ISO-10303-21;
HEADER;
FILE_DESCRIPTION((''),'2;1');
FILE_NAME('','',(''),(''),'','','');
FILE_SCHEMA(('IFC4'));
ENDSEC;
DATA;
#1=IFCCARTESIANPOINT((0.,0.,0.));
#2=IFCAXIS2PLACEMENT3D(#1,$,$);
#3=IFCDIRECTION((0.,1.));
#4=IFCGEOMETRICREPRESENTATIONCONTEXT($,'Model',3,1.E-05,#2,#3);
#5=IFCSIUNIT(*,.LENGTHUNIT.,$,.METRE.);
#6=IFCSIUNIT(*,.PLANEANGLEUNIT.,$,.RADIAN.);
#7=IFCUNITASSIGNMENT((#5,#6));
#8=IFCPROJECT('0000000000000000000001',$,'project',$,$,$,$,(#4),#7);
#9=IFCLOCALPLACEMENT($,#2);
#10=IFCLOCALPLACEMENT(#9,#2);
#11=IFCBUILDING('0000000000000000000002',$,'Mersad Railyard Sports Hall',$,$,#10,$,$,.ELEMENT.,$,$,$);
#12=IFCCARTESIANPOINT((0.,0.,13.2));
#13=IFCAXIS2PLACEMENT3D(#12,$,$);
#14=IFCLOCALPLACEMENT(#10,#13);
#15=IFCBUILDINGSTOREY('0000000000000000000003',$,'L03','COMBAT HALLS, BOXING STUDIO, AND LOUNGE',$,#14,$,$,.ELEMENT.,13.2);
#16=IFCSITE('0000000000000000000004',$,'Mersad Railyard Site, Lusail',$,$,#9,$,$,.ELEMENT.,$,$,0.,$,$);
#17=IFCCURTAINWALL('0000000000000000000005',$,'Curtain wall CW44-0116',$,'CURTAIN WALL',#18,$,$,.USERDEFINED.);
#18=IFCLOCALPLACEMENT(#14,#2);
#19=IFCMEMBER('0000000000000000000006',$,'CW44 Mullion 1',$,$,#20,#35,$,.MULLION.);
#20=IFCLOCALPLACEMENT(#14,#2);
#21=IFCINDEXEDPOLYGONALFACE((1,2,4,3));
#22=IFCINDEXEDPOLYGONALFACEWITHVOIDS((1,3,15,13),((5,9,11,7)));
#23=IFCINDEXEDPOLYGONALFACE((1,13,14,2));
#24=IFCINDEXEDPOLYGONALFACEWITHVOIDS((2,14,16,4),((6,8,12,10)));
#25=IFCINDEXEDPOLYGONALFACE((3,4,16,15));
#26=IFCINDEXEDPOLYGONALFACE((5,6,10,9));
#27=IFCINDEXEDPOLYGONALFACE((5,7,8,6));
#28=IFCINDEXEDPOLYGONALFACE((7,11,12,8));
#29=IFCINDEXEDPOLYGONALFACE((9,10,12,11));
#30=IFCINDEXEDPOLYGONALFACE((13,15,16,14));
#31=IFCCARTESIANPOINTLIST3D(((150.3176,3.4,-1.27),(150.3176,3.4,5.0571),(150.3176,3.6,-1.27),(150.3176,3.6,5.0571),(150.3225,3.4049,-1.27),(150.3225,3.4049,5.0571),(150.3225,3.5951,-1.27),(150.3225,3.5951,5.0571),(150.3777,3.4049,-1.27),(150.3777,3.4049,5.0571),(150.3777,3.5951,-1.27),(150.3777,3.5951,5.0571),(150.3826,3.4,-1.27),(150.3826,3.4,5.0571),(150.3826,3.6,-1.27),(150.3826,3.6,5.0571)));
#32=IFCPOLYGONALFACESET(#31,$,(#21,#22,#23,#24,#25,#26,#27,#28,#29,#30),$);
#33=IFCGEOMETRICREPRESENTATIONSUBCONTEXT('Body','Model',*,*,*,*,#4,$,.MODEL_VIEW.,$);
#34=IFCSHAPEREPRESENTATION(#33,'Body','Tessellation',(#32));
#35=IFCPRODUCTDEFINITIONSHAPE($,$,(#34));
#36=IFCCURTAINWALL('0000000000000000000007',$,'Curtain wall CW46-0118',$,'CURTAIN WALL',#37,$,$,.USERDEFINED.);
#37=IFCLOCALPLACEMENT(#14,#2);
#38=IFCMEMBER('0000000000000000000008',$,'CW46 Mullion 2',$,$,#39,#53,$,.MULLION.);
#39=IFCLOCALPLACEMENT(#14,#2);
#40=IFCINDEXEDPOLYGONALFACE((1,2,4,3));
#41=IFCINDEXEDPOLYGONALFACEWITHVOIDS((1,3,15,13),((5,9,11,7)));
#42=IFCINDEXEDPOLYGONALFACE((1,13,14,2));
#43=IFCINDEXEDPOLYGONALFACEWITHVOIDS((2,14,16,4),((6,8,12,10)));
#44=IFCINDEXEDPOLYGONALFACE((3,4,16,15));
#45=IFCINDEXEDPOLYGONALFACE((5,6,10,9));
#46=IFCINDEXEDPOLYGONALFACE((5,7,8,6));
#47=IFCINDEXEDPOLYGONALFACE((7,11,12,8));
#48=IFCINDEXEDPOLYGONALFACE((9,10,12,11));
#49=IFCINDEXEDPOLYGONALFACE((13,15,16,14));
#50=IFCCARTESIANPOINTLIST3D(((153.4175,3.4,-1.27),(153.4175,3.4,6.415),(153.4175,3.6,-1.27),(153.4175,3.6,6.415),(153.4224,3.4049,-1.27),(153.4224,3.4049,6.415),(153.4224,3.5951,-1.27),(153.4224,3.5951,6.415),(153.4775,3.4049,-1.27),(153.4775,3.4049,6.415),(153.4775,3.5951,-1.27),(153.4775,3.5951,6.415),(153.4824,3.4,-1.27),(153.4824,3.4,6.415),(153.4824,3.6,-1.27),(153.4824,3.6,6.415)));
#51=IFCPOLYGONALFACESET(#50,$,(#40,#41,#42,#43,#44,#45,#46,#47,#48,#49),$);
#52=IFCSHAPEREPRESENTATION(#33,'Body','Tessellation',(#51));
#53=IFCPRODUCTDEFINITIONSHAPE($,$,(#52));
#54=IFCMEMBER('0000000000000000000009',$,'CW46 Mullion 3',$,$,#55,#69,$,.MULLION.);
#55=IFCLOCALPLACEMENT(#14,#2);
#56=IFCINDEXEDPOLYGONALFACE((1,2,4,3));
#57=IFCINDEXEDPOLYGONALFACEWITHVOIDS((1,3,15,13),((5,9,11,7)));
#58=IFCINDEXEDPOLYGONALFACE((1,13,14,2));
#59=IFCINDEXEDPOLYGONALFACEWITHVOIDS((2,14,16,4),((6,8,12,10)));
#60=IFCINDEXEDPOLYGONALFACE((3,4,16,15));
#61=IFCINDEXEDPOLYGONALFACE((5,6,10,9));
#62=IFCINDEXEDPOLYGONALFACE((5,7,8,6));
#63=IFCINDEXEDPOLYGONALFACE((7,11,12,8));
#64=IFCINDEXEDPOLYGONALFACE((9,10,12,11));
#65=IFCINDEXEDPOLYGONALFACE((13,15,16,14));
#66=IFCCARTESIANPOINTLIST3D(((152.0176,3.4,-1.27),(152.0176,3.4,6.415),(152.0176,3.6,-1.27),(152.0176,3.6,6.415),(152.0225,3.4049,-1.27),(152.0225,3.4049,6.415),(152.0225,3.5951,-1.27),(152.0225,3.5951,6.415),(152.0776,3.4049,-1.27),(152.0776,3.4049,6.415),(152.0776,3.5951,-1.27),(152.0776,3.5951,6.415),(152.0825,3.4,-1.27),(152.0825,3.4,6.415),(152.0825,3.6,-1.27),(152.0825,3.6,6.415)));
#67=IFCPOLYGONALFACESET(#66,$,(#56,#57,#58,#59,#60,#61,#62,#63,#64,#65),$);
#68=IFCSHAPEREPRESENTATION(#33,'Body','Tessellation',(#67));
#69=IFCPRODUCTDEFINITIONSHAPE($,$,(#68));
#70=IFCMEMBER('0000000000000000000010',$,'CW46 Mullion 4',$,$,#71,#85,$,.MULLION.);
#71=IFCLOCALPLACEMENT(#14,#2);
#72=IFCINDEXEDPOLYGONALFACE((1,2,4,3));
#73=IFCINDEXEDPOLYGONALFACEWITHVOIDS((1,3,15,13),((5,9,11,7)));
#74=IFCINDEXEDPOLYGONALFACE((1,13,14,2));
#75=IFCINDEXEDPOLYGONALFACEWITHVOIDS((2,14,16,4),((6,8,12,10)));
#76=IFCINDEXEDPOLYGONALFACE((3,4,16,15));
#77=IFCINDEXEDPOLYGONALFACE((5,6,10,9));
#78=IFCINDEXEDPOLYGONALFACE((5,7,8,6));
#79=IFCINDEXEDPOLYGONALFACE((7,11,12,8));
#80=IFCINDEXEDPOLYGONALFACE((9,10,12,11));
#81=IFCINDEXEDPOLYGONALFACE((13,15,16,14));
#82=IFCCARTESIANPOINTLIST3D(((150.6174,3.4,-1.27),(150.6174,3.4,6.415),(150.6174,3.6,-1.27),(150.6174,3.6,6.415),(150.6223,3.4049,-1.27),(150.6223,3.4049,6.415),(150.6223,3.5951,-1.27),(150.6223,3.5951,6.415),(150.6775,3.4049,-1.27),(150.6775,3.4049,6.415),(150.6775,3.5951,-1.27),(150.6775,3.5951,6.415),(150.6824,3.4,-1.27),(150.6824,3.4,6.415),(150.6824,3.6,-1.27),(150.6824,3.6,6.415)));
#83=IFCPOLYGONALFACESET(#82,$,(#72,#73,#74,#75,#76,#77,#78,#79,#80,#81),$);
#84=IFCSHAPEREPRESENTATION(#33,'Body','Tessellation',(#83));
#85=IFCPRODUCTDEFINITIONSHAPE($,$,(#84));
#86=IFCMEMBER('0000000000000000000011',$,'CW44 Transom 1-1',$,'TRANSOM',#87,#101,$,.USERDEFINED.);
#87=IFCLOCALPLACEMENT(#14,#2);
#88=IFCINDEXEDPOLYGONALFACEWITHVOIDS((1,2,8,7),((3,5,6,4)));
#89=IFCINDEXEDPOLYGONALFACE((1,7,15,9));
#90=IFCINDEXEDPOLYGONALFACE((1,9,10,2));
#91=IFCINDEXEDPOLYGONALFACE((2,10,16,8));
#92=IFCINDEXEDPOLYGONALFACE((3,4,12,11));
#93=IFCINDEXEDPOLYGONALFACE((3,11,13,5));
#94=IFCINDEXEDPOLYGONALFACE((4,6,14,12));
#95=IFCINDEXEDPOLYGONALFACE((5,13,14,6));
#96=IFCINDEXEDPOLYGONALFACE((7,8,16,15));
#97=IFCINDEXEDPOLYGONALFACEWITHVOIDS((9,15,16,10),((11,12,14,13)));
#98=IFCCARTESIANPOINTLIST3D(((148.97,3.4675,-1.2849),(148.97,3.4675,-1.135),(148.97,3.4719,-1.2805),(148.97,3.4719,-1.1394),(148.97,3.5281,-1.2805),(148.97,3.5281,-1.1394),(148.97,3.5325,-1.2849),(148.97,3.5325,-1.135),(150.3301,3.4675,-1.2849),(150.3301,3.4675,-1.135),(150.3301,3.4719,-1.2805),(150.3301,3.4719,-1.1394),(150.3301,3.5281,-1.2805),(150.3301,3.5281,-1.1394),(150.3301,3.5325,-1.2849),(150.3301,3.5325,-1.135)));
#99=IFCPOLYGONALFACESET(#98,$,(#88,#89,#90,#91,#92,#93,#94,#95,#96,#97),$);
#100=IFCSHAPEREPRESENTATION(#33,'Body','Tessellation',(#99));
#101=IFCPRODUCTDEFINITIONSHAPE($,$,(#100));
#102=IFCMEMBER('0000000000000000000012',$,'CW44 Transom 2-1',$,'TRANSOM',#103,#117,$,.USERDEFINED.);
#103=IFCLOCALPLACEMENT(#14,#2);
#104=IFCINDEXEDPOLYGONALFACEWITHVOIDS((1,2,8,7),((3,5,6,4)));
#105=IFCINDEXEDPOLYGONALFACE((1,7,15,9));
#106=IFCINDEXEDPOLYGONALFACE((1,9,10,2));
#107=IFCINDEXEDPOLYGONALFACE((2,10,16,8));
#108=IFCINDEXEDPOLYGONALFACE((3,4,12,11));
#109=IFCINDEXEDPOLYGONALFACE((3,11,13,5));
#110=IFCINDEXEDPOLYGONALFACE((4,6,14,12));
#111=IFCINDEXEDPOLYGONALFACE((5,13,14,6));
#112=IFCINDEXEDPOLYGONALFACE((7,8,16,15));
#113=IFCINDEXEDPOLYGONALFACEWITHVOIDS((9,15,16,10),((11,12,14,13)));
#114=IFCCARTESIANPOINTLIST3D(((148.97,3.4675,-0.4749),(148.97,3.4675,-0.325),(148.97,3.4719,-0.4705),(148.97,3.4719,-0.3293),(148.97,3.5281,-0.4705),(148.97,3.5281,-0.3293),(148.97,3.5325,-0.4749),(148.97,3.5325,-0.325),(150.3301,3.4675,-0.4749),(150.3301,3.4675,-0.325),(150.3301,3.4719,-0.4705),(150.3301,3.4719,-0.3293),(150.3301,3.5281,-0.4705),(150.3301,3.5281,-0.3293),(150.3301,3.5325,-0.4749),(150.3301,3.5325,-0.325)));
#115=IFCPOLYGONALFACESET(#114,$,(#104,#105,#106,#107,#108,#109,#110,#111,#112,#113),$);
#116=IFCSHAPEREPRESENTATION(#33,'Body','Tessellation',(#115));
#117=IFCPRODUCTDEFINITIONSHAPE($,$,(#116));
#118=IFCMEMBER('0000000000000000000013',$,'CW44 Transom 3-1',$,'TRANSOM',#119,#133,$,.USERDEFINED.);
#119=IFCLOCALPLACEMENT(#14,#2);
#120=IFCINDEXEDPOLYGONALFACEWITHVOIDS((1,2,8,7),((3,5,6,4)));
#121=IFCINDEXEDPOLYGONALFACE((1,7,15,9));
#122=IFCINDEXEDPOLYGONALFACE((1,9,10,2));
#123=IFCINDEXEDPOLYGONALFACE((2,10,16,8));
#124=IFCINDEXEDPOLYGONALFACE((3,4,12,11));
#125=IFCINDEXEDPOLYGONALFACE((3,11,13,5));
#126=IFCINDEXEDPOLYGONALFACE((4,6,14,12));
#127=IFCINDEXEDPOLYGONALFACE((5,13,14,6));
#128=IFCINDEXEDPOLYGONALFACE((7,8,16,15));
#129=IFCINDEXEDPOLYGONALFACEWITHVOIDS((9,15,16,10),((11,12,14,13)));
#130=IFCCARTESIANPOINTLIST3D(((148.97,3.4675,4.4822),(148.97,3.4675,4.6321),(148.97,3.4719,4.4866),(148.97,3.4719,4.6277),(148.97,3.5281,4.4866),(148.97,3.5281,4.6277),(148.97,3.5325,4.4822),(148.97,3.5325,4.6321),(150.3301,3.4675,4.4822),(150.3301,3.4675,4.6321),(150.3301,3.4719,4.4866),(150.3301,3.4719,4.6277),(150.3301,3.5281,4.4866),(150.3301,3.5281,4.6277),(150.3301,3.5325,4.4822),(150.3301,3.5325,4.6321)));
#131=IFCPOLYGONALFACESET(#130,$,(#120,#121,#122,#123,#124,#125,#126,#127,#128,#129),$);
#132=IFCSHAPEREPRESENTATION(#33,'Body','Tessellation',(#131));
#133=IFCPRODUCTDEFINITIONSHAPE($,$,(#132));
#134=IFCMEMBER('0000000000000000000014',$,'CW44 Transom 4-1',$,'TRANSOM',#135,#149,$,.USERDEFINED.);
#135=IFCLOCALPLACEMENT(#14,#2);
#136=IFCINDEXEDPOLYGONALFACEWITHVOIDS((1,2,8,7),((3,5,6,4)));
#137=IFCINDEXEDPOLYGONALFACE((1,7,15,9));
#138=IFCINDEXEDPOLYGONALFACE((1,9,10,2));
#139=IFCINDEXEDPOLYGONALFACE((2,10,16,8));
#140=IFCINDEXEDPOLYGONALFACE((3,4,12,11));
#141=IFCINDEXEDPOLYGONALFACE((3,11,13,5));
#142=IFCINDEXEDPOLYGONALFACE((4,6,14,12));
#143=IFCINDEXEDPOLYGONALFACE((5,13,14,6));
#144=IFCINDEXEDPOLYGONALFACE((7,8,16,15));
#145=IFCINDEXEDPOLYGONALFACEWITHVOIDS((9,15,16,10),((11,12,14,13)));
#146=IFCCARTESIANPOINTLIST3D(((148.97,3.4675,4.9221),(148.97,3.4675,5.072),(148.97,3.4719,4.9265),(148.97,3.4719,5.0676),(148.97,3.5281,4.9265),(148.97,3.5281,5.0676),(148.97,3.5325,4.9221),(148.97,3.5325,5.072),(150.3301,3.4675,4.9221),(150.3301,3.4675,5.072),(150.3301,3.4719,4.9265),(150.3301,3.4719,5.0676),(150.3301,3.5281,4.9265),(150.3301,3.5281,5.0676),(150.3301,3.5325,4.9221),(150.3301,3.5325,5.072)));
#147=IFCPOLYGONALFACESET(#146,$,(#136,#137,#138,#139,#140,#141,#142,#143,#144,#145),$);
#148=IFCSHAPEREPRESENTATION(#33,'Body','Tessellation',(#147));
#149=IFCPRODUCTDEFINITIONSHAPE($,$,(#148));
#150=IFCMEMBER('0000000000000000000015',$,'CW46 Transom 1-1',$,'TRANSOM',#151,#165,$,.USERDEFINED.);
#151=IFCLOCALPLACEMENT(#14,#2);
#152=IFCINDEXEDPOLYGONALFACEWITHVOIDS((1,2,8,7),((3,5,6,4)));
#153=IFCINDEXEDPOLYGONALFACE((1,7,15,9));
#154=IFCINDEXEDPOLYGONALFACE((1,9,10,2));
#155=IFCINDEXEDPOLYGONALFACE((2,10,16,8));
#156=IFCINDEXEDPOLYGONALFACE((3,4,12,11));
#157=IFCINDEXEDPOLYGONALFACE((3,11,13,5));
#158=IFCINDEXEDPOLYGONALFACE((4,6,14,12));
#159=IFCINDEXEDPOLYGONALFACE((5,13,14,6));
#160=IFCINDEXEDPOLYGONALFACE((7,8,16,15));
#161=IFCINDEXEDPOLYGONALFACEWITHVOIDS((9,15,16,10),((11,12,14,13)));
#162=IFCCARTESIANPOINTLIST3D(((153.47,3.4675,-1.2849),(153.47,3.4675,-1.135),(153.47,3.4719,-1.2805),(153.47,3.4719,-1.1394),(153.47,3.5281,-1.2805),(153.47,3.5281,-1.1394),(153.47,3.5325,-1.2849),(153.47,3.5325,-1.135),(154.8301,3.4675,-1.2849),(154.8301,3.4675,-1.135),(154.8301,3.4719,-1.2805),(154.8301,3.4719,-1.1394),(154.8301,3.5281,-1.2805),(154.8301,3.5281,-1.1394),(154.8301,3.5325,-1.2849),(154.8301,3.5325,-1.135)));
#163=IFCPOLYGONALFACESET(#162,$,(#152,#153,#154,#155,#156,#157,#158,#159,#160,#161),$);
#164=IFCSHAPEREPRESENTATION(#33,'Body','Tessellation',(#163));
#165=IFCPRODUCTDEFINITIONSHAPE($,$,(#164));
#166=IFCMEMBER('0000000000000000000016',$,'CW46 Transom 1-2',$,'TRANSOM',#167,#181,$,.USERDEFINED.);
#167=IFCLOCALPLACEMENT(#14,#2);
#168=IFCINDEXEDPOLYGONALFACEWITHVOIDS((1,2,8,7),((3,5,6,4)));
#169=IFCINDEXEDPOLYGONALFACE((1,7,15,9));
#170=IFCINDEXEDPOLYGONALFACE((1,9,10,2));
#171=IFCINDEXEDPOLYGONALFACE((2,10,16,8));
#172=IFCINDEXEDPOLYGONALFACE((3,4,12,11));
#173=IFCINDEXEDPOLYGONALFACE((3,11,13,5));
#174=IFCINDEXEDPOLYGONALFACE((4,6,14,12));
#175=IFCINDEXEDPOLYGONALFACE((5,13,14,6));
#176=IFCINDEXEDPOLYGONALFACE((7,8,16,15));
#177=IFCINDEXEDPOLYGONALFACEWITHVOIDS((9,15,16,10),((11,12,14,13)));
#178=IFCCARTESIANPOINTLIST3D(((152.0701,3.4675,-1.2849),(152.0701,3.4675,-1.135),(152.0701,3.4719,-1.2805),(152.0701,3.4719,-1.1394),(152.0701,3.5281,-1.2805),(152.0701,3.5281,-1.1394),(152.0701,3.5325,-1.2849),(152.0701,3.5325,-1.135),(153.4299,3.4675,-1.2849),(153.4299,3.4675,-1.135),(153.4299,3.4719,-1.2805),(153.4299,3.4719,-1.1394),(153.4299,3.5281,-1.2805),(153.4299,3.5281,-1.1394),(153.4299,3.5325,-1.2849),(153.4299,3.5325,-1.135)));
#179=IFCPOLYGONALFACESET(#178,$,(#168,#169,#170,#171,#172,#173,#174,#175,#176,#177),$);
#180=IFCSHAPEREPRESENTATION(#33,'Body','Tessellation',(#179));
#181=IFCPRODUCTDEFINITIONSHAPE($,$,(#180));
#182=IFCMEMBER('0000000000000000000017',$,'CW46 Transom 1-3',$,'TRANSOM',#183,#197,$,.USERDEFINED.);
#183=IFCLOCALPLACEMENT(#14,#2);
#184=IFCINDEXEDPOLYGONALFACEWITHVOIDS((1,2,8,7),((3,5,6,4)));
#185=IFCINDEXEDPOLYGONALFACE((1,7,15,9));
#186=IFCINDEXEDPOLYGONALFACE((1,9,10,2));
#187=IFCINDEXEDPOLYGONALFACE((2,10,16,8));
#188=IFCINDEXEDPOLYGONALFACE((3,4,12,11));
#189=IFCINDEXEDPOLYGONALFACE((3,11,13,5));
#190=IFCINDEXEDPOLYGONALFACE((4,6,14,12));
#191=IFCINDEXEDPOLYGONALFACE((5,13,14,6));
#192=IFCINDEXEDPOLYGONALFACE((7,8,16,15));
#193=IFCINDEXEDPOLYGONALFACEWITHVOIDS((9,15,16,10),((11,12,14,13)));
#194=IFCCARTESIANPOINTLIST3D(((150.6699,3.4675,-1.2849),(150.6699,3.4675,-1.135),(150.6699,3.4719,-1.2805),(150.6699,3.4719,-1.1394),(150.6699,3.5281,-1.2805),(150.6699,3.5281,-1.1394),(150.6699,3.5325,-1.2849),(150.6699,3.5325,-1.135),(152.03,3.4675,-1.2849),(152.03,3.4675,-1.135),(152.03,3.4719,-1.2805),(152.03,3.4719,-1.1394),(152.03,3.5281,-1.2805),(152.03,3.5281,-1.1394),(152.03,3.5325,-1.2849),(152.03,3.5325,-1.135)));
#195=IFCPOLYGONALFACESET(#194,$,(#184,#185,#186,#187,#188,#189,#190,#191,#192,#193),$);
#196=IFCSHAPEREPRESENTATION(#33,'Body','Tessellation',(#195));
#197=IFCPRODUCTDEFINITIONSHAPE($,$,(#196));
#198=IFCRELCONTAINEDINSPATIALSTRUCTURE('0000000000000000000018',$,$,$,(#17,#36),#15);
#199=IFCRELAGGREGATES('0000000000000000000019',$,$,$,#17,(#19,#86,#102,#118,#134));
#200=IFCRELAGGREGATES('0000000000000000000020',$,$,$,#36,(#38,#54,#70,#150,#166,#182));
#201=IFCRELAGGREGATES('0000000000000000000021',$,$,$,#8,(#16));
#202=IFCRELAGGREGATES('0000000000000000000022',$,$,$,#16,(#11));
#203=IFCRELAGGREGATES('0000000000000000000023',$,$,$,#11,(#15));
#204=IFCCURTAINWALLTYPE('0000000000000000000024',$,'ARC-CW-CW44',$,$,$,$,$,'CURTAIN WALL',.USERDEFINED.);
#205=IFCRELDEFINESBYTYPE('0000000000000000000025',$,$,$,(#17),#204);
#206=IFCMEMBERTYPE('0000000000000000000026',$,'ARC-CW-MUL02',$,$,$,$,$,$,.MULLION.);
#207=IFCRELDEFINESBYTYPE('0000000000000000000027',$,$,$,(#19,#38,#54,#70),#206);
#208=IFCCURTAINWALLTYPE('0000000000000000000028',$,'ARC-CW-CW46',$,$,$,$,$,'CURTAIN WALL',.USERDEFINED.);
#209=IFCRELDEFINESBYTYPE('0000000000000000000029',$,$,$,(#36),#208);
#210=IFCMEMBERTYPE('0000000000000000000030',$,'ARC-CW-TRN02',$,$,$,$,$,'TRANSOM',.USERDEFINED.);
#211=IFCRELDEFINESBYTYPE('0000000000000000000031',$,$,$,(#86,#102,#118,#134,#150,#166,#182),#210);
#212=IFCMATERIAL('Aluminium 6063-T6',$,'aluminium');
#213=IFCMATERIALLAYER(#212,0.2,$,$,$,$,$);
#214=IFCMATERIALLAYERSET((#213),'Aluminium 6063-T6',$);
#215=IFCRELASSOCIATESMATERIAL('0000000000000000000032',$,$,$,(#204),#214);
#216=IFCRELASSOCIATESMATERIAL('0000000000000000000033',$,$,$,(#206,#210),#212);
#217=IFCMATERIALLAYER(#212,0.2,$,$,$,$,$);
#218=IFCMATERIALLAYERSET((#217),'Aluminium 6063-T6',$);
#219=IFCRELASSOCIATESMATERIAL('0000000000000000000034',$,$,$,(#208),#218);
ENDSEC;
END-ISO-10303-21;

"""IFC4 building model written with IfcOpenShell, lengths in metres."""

from ifc_helpers import new_model, si_unit, direction, frame, origin, origin_2d, place, context, subcontext, project, spatial, hollow_rectangle, extrude, material, layer, layer_set, material_profile, profile_set, type_object, element, aggregate, save


model = new_model("IFC4")

# Units and contexts
model_context = context("Model", 3, precision=1e-05, world=origin(), true_north=direction((0.0, 1.0)))
body_context = subcontext(model_context, "Body", "Model", "MODEL_VIEW")
ifc_project = project(units=[si_unit("LENGTHUNIT", "METRE"), si_unit("PLANEANGLEUNIT", "RADIAN")], contexts=[model_context])

# Site, building, storey
site_placement = place(None, origin())
site = spatial("IfcSite", under=ifc_project, at=site_placement, Name="Mersad Railyard Site, Lusail", CompositionType="ELEMENT", RefElevation=0.0)
building_placement = place(site_placement, origin())
building = spatial("IfcBuilding", under=site, at=building_placement, Name="Mersad Railyard Sports Hall", CompositionType="ELEMENT")
storey_placement = place(building_placement, frame((0.0, 0.0, 13.2)))
storey = spatial("IfcBuildingStorey", under=building, at=storey_placement, Name="L03", Description="COMBAT HALLS, BOXING STUDIO, AND LOUNGE", CompositionType="ELEMENT", Elevation=13.2)

# Curtain wall, member
ifc_material_1 = material(Name="Aluminium 6063-T6", Category="aluminium")
ifc_layer_1 = layer(ifc_material_1, 0.2)
ifc_layer_set_1 = layer_set([ifc_layer_1], Name="Aluminium 6063-T6")
curtain_wall_type_1 = type_object("IfcCurtainWallType", Name="ARC-CW-CW44", ElementType="CURTAIN WALL", PredefinedType="USERDEFINED", material=ifc_layer_set_1)
curtain_wall_1_placement = place(storey_placement, origin())
curtain_wall_1 = element("IfcCurtainWall", 1, at=curtain_wall_1_placement, inside=storey, type_object=curtain_wall_type_1, Name="Curtain wall CW44-0116", ObjectType="CURTAIN WALL", PredefinedType="USERDEFINED")
ifc_material_profile_1 = material_profile(ifc_material_1, hollow_rectangle(XDim=0.0649, YDim=0.2, WallThickness=0.0049, at=origin_2d()), Name="AL MULLION 65x200x5")
ifc_profile_set_1 = profile_set([ifc_material_profile_1], Name="Aluminium 6063-T6")
member_type_1 = type_object("IfcMemberType", Name="ARC-CW-MUL02", PredefinedType="MULLION", material=ifc_profile_set_1)
member_1_placement = place(storey_placement, frame((150.3501, 3.5, -1.27), z_axis=(0.0, 0.0, 1.0), x_axis=(1.0, 0.0, 0.0)))
member_1 = element("IfcMember", 2, at=member_1_placement, type_object=member_type_1, Name="CW44 Mullion 1", PredefinedType="MULLION", context=body_context, shape_type="SweptSolid", body=[
    extrude(hollow_rectangle(XDim=0.0649, YDim=0.2, WallThickness=0.0049, at=origin_2d()), origin(), (0.0, 0.0, 1.0), 6.3271),
])

# Curtain wall, members
ifc_layer_2 = layer(ifc_material_1, 0.2)
ifc_layer_set_2 = layer_set([ifc_layer_2], Name="Aluminium 6063-T6")
curtain_wall_type_2 = type_object("IfcCurtainWallType", Name="ARC-CW-CW46", ElementType="CURTAIN WALL", PredefinedType="USERDEFINED", material=ifc_layer_set_2)
curtain_wall_2_placement = place(storey_placement, origin())
curtain_wall_2 = element("IfcCurtainWall", 3, at=curtain_wall_2_placement, inside=storey, type_object=curtain_wall_type_2, Name="Curtain wall CW46-0118", ObjectType="CURTAIN WALL", PredefinedType="USERDEFINED")
member_2_placement = place(storey_placement, frame((153.45, 3.5, -1.27), z_axis=(0.0, 0.0, 1.0), x_axis=(1.0, 0.0, 0.0)))
member_2 = element("IfcMember", 4, at=member_2_placement, type_object=member_type_1, Name="CW46 Mullion 2", PredefinedType="MULLION", context=body_context, shape_type="SweptSolid", body=[
    extrude(hollow_rectangle(XDim=0.0649, YDim=0.2, WallThickness=0.0049, at=origin_2d()), origin(), (0.0, 0.0, 1.0), 7.6851),
])
member_3_placement = place(storey_placement, frame((152.05, 3.5, -1.27), z_axis=(0.0, 0.0, 1.0), x_axis=(1.0, 0.0, 0.0)))
member_3 = element("IfcMember", 5, at=member_3_placement, type_object=member_type_1, Name="CW46 Mullion 3", PredefinedType="MULLION", context=body_context, shape_type="SweptSolid", body=[
    extrude(hollow_rectangle(XDim=0.0649, YDim=0.2, WallThickness=0.0049, at=origin_2d()), origin(), (0.0, 0.0, 1.0), 7.6851),
])
member_4_placement = place(storey_placement, frame((150.6499, 3.5, -1.27), z_axis=(0.0, 0.0, 1.0), x_axis=(1.0, 0.0, 0.0)))
member_4 = element("IfcMember", 6, at=member_4_placement, type_object=member_type_1, Name="CW46 Mullion 4", PredefinedType="MULLION", context=body_context, shape_type="SweptSolid", body=[
    extrude(hollow_rectangle(XDim=0.0649, YDim=0.2, WallThickness=0.0049, at=origin_2d()), origin(), (0.0, 0.0, 1.0), 7.6851),
])

# Members
ifc_material_profile_2 = material_profile(ifc_material_1, hollow_rectangle(XDim=0.0649, YDim=0.1499, WallThickness=0.0044, at=origin_2d()), Name="AL TRANSOM 65x150x4.5")
ifc_profile_set_2 = profile_set([ifc_material_profile_2], Name="Aluminium 6063-T6")
member_type_2 = type_object("IfcMemberType", Name="ARC-CW-TRN02", ElementType="TRANSOM", PredefinedType="USERDEFINED", material=ifc_profile_set_2)
member_5_placement = place(storey_placement, frame((150.3301, 3.5, -1.21), z_axis=(-1.0, 0.0, 0.0), x_axis=(0.0, -1.0, 0.0)))
member_5 = element("IfcMember", 7, at=member_5_placement, type_object=member_type_2, Name="CW44 Transom 1-1", ObjectType="TRANSOM", PredefinedType="USERDEFINED", context=body_context, shape_type="SweptSolid", body=[
    extrude(hollow_rectangle(XDim=0.0649, YDim=0.1499, WallThickness=0.0044, at=origin_2d()), origin(), (0.0, 0.0, 1.0), 1.3601),
])
member_6_placement = place(storey_placement, frame((150.3301, 3.5, -0.3999), z_axis=(-1.0, 0.0, 0.0), x_axis=(0.0, -1.0, 0.0)))
member_6 = element("IfcMember", 8, at=member_6_placement, type_object=member_type_2, Name="CW44 Transom 2-1", ObjectType="TRANSOM", PredefinedType="USERDEFINED", context=body_context, shape_type="SweptSolid", body=[
    extrude(hollow_rectangle(XDim=0.0649, YDim=0.1499, WallThickness=0.0044, at=origin_2d()), origin(), (0.0, 0.0, 1.0), 1.3601),
])
member_7_placement = place(storey_placement, frame((150.3301, 3.5, 4.5571), z_axis=(-1.0, 0.0, 0.0), x_axis=(0.0, -1.0, 0.0)))
member_7 = element("IfcMember", 9, at=member_7_placement, type_object=member_type_2, Name="CW44 Transom 3-1", ObjectType="TRANSOM", PredefinedType="USERDEFINED", context=body_context, shape_type="SweptSolid", body=[
    extrude(hollow_rectangle(XDim=0.0649, YDim=0.1499, WallThickness=0.0044, at=origin_2d()), origin(), (0.0, 0.0, 1.0), 1.3601),
])
member_8_placement = place(storey_placement, frame((150.3301, 3.5, 4.9971), z_axis=(-1.0, 0.0, 0.0), x_axis=(0.0, -1.0, 0.0)))
member_8 = element("IfcMember", 10, at=member_8_placement, type_object=member_type_2, Name="CW44 Transom 4-1", ObjectType="TRANSOM", PredefinedType="USERDEFINED", context=body_context, shape_type="SweptSolid", body=[
    extrude(hollow_rectangle(XDim=0.0649, YDim=0.1499, WallThickness=0.0044, at=origin_2d()), origin(), (0.0, 0.0, 1.0), 1.3601),
])
member_9_placement = place(storey_placement, frame((154.8301, 3.5, -1.21), z_axis=(-1.0, 0.0, 0.0), x_axis=(0.0, -1.0, 0.0)))
member_9 = element("IfcMember", 11, at=member_9_placement, type_object=member_type_2, Name="CW46 Transom 1-1", ObjectType="TRANSOM", PredefinedType="USERDEFINED", context=body_context, shape_type="SweptSolid", body=[
    extrude(hollow_rectangle(XDim=0.0649, YDim=0.1499, WallThickness=0.0044, at=origin_2d()), origin(), (0.0, 0.0, 1.0), 1.3601),
])
member_10_placement = place(storey_placement, frame((153.4299, 3.5, -1.21), z_axis=(-1.0, 0.0, 0.0), x_axis=(0.0, -1.0, 0.0)))
member_10 = element("IfcMember", 12, at=member_10_placement, type_object=member_type_2, Name="CW46 Transom 1-2", ObjectType="TRANSOM", PredefinedType="USERDEFINED", context=body_context, shape_type="SweptSolid", body=[
    extrude(hollow_rectangle(XDim=0.0649, YDim=0.1499, WallThickness=0.0044, at=origin_2d()), origin(), (0.0, 0.0, 1.0), 1.3599),
])
member_11_placement = place(storey_placement, frame((152.03, 3.5, -1.21), z_axis=(-1.0, 0.0, 0.0), x_axis=(0.0, -1.0, 0.0)))
member_11 = element("IfcMember", 13, at=member_11_placement, type_object=member_type_2, Name="CW46 Transom 1-3", ObjectType="TRANSOM", PredefinedType="USERDEFINED", context=body_context, shape_type="SweptSolid", body=[
    extrude(hollow_rectangle(XDim=0.0649, YDim=0.1499, WallThickness=0.0044, at=origin_2d()), origin(), (0.0, 0.0, 1.0), 1.3601),
])

aggregate(curtain_wall_1, [member_1, member_5, member_6, member_7, member_8])
aggregate(curtain_wall_2, [member_2, member_3, member_4, member_9, member_10, member_11])

save(model, "model.ifc")
